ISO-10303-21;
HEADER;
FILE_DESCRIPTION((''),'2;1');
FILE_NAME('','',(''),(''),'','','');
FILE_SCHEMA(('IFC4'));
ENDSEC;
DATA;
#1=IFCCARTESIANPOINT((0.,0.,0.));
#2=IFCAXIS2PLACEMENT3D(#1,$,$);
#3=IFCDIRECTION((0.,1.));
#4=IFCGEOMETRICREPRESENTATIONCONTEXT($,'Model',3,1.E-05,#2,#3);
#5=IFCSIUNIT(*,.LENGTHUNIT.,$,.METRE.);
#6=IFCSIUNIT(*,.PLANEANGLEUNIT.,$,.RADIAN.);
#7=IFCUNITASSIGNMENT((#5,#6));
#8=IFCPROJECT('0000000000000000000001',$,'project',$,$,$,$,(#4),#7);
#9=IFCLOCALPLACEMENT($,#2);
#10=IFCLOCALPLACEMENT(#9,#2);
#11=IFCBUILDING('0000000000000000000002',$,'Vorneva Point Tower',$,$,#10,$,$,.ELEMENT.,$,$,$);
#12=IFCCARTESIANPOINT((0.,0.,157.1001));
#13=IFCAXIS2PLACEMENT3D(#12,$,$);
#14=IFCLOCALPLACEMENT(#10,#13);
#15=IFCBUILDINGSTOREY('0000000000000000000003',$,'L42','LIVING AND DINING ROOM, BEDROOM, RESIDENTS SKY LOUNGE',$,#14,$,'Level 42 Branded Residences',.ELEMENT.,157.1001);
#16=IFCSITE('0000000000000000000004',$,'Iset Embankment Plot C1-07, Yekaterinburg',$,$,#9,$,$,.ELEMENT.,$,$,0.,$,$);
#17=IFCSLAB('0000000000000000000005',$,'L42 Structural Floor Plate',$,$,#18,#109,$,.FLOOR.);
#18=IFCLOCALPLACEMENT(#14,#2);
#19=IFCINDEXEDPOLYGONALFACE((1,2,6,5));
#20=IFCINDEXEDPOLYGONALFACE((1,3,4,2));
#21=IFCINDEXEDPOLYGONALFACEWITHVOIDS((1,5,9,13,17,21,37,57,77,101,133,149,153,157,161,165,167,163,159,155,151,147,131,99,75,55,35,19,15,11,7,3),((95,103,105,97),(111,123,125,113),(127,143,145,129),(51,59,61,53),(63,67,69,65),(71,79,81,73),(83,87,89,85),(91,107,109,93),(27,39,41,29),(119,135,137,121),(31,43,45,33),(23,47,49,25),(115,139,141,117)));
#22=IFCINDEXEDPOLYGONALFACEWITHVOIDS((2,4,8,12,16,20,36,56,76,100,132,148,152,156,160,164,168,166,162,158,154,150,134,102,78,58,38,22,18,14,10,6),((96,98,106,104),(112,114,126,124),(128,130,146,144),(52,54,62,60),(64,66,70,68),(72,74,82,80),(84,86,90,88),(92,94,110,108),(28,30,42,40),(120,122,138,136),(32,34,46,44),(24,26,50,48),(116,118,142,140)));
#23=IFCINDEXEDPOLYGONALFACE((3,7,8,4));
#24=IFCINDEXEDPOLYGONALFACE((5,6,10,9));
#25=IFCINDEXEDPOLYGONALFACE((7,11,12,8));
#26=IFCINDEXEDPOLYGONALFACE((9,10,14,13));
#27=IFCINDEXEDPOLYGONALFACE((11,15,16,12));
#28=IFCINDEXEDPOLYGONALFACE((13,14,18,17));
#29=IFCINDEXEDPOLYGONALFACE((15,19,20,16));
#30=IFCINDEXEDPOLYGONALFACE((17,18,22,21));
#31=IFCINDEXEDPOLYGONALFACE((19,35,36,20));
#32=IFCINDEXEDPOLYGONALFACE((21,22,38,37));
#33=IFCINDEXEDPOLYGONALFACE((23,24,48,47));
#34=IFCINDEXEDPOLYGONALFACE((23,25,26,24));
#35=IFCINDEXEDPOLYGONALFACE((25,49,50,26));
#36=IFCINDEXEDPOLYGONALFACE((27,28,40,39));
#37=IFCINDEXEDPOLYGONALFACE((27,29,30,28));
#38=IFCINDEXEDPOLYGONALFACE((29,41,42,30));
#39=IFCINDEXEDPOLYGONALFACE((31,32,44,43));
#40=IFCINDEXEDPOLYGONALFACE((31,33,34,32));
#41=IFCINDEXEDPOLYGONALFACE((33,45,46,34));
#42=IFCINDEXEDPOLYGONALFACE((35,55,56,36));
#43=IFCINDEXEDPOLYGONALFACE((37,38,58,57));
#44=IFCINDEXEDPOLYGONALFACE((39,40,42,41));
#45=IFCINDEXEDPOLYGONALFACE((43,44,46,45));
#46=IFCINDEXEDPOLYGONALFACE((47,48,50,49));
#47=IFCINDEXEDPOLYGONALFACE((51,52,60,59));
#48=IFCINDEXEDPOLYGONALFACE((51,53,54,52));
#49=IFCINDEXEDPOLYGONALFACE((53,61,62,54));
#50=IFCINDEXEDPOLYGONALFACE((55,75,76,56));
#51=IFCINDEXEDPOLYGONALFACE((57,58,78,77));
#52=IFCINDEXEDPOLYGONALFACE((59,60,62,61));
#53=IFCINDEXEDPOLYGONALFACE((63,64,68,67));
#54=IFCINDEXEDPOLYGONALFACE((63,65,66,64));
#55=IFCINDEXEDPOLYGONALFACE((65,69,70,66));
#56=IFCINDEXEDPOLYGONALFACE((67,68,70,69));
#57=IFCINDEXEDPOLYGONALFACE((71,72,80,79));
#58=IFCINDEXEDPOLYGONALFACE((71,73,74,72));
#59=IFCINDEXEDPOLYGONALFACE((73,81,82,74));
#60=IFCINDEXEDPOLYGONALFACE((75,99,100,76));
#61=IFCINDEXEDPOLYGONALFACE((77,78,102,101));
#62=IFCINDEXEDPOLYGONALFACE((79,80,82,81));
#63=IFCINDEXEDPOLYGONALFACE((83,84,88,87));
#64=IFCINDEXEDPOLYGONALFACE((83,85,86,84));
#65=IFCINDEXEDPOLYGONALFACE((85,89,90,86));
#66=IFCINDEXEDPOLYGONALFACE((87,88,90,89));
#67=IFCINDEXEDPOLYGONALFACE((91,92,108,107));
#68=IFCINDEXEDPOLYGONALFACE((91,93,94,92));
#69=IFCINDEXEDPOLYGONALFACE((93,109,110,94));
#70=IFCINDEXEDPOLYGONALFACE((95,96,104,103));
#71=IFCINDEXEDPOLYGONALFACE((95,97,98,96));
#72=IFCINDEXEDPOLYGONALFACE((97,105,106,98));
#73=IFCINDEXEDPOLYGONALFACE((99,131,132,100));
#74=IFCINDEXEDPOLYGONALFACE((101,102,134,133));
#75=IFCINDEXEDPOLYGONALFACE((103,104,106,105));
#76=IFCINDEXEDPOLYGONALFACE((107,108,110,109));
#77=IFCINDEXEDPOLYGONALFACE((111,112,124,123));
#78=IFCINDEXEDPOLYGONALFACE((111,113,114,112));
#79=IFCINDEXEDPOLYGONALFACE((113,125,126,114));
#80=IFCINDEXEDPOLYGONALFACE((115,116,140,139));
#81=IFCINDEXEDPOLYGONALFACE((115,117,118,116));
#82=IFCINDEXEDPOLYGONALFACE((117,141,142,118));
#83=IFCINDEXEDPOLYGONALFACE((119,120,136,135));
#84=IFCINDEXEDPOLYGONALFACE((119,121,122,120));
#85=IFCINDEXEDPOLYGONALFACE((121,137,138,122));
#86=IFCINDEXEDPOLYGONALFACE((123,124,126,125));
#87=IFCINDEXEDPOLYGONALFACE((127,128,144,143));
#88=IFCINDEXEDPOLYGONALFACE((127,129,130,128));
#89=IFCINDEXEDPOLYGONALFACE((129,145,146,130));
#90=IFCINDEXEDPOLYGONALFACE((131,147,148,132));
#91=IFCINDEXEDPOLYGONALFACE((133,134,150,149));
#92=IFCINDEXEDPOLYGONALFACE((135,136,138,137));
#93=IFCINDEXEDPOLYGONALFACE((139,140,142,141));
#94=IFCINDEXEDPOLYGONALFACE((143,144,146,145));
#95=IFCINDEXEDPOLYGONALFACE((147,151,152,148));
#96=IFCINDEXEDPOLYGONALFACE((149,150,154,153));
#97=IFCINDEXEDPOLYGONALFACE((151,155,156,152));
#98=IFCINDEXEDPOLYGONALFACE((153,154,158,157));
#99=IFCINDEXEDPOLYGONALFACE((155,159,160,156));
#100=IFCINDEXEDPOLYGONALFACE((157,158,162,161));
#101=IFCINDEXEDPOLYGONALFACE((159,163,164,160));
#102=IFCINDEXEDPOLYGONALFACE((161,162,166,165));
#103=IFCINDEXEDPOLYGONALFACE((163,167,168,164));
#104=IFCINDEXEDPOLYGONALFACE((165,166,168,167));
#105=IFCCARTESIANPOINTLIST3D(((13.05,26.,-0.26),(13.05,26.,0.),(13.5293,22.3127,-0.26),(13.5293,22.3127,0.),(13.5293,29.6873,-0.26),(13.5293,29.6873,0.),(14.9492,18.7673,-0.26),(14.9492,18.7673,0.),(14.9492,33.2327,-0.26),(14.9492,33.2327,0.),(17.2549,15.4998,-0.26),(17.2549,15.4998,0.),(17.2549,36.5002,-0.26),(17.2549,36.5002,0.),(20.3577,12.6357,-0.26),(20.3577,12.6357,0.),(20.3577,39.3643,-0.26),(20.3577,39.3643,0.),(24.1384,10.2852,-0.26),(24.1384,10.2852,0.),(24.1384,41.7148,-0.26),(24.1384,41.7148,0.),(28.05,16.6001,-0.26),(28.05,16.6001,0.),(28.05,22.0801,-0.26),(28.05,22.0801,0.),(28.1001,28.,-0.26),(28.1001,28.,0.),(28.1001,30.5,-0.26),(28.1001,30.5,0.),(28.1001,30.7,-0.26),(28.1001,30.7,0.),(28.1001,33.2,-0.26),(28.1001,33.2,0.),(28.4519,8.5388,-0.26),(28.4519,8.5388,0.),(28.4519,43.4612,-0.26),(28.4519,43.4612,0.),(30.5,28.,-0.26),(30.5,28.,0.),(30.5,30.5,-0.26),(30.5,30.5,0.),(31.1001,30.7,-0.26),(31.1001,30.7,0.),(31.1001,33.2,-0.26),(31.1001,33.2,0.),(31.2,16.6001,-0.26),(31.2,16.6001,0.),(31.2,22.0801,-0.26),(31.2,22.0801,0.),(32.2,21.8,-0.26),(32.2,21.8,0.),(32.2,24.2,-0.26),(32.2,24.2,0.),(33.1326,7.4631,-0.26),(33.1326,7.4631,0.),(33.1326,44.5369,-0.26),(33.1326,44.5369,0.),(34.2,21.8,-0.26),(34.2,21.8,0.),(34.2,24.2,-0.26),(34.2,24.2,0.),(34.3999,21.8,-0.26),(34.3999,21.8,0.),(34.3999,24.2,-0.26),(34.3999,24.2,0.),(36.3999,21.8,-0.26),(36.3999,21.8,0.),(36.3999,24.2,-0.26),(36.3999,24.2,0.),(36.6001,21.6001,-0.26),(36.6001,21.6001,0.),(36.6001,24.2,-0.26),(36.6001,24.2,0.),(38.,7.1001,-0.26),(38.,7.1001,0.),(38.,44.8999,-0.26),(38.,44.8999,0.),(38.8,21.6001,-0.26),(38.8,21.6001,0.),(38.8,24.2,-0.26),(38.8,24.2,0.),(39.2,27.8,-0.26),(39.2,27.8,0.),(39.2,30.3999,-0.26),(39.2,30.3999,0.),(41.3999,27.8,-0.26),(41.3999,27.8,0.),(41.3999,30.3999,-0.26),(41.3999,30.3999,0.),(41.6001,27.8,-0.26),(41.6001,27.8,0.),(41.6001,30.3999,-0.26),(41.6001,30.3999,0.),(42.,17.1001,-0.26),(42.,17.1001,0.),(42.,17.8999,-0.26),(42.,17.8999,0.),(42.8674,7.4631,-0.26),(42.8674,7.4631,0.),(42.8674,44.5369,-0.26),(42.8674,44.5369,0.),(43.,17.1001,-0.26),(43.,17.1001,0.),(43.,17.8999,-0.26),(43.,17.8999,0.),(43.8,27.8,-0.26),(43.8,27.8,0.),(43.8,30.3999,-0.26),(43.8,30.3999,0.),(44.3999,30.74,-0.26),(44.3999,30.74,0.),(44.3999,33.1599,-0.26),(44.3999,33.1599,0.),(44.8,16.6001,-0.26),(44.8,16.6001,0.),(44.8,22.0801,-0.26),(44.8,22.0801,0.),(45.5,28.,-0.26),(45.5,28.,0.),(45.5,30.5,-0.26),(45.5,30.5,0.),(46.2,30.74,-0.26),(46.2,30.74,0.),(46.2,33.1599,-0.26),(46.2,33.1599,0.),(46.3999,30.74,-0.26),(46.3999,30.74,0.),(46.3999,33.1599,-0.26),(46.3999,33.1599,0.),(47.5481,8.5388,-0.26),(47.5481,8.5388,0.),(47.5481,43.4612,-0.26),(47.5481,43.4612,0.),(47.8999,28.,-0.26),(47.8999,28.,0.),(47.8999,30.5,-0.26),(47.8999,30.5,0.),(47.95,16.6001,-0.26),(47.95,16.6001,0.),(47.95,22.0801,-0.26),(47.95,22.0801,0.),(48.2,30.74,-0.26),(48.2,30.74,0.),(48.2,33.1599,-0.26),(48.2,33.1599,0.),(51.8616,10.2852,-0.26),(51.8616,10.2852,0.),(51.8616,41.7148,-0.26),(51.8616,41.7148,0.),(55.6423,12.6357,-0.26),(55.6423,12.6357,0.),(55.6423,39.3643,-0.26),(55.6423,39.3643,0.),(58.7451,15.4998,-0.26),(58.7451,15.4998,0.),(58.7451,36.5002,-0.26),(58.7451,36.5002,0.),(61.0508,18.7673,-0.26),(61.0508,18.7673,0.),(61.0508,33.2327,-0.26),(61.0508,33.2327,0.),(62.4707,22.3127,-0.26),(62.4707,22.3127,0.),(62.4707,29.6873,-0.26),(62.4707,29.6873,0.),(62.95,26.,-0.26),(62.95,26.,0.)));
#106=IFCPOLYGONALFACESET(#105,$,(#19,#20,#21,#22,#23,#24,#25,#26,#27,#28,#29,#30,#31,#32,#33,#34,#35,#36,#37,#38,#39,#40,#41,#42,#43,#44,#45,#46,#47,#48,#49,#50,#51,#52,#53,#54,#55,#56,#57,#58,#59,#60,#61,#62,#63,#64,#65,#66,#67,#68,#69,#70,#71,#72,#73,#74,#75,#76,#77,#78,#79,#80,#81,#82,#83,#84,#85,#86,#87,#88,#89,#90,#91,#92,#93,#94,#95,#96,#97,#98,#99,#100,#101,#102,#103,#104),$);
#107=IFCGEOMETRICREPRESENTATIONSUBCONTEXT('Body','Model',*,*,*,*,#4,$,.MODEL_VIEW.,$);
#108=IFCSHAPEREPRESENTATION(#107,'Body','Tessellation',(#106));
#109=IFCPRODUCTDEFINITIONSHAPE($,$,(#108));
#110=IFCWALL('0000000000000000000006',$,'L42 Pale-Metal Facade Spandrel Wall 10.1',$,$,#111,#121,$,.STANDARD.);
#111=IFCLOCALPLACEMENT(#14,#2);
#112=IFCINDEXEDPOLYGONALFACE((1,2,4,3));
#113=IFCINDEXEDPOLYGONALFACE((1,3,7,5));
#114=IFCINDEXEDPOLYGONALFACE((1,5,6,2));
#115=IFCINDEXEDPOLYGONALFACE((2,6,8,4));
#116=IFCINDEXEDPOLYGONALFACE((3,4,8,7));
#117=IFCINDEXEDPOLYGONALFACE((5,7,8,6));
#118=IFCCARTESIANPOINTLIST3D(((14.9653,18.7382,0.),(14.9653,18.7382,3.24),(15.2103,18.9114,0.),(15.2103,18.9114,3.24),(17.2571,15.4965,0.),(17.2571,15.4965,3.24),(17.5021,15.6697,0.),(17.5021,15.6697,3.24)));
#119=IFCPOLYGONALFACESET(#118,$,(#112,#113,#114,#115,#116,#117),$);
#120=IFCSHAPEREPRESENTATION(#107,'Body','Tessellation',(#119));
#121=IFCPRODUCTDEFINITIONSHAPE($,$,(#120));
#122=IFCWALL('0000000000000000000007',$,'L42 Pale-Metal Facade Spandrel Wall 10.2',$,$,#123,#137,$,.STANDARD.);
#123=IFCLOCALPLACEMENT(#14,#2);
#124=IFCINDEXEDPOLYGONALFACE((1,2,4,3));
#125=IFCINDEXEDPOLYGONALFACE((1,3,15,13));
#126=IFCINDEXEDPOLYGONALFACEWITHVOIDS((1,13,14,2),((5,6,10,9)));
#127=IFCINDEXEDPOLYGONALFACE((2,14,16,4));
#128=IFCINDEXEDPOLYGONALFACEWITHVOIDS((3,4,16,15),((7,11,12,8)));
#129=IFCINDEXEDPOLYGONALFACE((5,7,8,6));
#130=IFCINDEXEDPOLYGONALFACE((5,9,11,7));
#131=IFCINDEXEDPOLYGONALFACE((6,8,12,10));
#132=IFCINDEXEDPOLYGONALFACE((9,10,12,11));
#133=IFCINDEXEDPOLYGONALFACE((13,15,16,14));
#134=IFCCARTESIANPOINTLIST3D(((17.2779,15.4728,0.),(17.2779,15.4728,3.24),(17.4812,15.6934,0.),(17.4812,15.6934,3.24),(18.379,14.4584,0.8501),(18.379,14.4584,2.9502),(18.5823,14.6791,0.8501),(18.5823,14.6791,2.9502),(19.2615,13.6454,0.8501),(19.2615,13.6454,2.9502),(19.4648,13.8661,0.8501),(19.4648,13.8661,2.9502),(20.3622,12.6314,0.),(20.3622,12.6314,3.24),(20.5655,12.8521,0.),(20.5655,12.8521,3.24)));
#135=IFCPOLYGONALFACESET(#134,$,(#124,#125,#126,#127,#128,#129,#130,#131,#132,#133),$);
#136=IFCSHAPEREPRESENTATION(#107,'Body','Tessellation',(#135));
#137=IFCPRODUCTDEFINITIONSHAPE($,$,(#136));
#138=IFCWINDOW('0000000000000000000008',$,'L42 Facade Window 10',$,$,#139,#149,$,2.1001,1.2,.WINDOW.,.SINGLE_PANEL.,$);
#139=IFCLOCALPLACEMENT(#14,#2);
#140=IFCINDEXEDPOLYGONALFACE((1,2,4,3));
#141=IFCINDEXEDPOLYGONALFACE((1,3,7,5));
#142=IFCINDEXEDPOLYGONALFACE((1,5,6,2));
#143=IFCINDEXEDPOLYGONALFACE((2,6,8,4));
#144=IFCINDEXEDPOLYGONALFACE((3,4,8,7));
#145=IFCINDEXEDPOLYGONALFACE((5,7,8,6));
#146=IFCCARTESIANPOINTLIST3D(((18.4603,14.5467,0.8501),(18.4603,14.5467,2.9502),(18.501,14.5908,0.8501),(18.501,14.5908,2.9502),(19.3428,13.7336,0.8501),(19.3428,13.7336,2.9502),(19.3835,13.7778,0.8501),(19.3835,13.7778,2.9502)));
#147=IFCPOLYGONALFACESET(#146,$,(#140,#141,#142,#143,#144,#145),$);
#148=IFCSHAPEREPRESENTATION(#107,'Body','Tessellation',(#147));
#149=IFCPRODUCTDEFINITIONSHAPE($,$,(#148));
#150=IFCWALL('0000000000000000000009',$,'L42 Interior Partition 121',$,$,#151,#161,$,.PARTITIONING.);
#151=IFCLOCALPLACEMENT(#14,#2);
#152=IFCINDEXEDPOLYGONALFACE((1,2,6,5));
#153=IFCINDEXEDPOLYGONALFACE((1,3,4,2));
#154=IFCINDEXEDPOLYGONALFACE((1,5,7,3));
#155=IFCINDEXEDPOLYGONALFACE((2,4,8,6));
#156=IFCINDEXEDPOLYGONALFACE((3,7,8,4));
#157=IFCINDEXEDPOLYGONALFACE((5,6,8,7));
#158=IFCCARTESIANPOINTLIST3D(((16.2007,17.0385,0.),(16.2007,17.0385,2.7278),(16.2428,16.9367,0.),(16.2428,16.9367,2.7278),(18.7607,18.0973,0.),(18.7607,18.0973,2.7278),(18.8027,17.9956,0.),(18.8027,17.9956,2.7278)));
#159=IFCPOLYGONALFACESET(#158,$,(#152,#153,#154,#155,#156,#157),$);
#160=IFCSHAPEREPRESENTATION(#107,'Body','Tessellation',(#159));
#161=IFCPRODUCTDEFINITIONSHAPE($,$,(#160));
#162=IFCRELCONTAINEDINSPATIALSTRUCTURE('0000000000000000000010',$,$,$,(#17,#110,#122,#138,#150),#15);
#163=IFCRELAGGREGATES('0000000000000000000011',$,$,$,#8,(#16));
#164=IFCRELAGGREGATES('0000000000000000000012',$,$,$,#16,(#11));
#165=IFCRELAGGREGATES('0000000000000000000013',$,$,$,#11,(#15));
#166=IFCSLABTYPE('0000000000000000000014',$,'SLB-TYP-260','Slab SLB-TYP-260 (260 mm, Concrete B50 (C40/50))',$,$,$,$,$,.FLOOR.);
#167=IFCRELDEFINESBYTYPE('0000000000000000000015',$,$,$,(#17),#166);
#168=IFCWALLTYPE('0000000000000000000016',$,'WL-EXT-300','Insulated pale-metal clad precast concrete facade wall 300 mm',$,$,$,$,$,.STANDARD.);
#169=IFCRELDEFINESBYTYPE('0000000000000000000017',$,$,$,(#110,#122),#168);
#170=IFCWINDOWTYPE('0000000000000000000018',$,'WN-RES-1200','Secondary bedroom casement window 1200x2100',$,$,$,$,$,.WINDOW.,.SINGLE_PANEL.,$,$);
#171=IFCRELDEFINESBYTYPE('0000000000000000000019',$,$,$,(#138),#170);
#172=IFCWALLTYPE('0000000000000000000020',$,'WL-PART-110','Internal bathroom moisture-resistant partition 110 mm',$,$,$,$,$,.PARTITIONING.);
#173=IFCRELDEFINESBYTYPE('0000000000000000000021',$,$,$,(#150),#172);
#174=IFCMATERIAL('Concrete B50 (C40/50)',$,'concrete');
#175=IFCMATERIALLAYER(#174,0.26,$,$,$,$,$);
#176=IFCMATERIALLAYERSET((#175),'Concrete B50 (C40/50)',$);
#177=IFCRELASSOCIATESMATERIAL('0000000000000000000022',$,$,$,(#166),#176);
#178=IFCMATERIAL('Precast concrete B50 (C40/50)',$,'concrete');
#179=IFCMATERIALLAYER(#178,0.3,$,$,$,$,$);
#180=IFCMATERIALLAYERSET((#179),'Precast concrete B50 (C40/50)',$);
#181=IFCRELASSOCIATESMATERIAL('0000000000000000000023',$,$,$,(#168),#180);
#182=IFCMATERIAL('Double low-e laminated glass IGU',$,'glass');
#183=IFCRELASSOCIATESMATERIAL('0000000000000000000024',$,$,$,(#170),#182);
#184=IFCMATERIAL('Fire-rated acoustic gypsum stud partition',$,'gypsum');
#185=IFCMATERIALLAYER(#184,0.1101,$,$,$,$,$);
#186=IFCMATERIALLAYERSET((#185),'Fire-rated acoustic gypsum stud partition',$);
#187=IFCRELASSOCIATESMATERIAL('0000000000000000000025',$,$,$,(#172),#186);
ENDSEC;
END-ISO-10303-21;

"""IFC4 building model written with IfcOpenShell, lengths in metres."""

from ifc_helpers import new_model, si_unit, direction, frame, frame_2d, origin, place, context, subcontext, project, spatial, polyline, rectangle, outline, extrude, material, layer, layer_set, type_object, element, fill, save


model = new_model("IFC4")

# Units and contexts
model_context = context("Model", 3, precision=1e-05, world=origin(), true_north=direction((0.0, 1.0)))
body_context = subcontext(model_context, "Body", "Model", "MODEL_VIEW")
ifc_project = project(units=[si_unit("LENGTHUNIT", "METRE"), si_unit("PLANEANGLEUNIT", "RADIAN")], contexts=[model_context])

# Site, building, storey
site_placement = place(None, origin())
site = spatial("IfcSite", under=ifc_project, at=site_placement, Name="Iset Embankment Plot C1-07, Yekaterinburg", CompositionType="ELEMENT", RefElevation=0.0)
building_placement = place(site_placement, origin())
building = spatial("IfcBuilding", under=site, at=building_placement, Name="Vorneva Point Tower", CompositionType="ELEMENT")
storey_placement = place(building_placement, frame((0.0, 0.0, 157.1001)))
storey = spatial("IfcBuildingStorey", under=building, at=storey_placement, Name="L42", Description="LIVING AND DINING ROOM, BEDROOM, RESIDENTS SKY LOUNGE", LongName="Level 42 Branded Residences", CompositionType="ELEMENT", Elevation=157.1001)

# Shared definitions
ifc_material_1 = material(Name="Double low-e laminated glass IGU", Category="glass")

# Shared definitions
ifc_material_2 = material(Name="Concrete B50 (C40/50)", Category="concrete")

# Slab
ifc_layer_1 = layer(ifc_material_2, 0.26)
ifc_layer_set_1 = layer_set([ifc_layer_1], Name="Concrete B50 (C40/50)")
slab_type_1 = type_object("IfcSlabType", Name="SLB-TYP-260", Description="Slab SLB-TYP-260 (260 mm, Concrete B50 (C40/50))", PredefinedType="FLOOR", material=ifc_layer_set_1)
slab_1_placement = place(storey_placement, frame((0.0, 0.0, -0.26)))
element("IfcSlab", 1, at=slab_1_placement, inside=storey, type_object=slab_type_1, Name="L42 Structural Floor Plate", PredefinedType="FLOOR", context=body_context, shape_type="SweptSolid", body=[
    extrude(outline(polyline([(62.95, 26.0), (62.4707, 29.6873), (61.0508, 33.2327), (58.7451, 36.5002), (55.6423, 39.3643), (51.8616, 41.7148), (47.5481, 43.4612), (42.8674, 44.5369), (38.0, 44.8999), (33.1326, 44.5369), (28.4519, 43.4612), (24.1384, 41.7148), (20.3577, 39.3643), (17.2549, 36.5002), (14.9492, 33.2327), (13.5293, 29.6873), (13.05, 26.0), (13.5293, 22.3127), (14.9492, 18.7673), (17.2549, 15.4998), (20.3577, 12.6357), (24.1384, 10.2852), (28.4519, 8.5388), (33.1326, 7.4631), (38.0, 7.1001), (42.8674, 7.4631), (47.5481, 8.5388), (51.8616, 10.2852), (55.6423, 12.6357), (58.7451, 15.4998), (61.0508, 18.7673), (62.4707, 22.3127), (62.95, 26.0)]), holes=[polyline([(32.2, 21.8), (34.2, 21.8), (34.2, 24.2), (32.2, 24.2), (32.2, 21.8)]), polyline([(34.3999, 21.8), (36.3999, 21.8), (36.3999, 24.2), (34.3999, 24.2), (34.3999, 21.8)]), polyline([(36.6001, 21.6001), (38.8, 21.6001), (38.8, 24.2), (36.6001, 24.2), (36.6001, 21.6001)]), polyline([(39.2, 27.8), (41.3999, 27.8), (41.3999, 30.3999), (39.2, 30.3999), (39.2, 27.8)]), polyline([(41.6001, 27.8), (43.8, 27.8), (43.8, 30.3999), (41.6001, 30.3999), (41.6001, 27.8)]), polyline([(44.3999, 30.74), (46.2, 30.74), (46.2, 33.1599), (44.3999, 33.1599), (44.3999, 30.74)]), polyline([(46.3999, 30.74), (48.2, 30.74), (48.2, 33.1599), (46.3999, 33.1599), (46.3999, 30.74)]), polyline([(28.1001, 28.0), (30.5, 28.0), (30.5, 30.5), (28.1001, 30.5), (28.1001, 28.0)]), polyline([(45.5, 28.0), (47.8999, 28.0), (47.8999, 30.5), (45.5, 30.5), (45.5, 28.0)]), polyline([(28.1001, 30.7), (31.1001, 30.7), (31.1001, 33.2), (28.1001, 33.2), (28.1001, 30.7)]), polyline([(28.05, 16.6001), (31.2, 16.6001), (31.2, 22.0801), (28.05, 22.0801), (28.05, 16.6001)]), polyline([(44.8, 16.6001), (47.95, 16.6001), (47.95, 22.0801), (44.8, 22.0801), (44.8, 16.6001)]), polyline([(42.0, 17.1001), (43.0, 17.1001), (43.0, 17.8999), (42.0, 17.8999), (42.0, 17.1001)])]), origin(), (0.0, 0.0, 1.0), 0.26),
])

# Wall
ifc_material_3 = material(Name="Precast concrete B50 (C40/50)", Category="concrete")
ifc_layer_2 = layer(ifc_material_3, 0.3)
ifc_layer_set_2 = layer_set([ifc_layer_2], Name="Precast concrete B50 (C40/50)")
wall_type_1 = type_object("IfcWallType", Name="WL-EXT-300", Description="Insulated pale-metal clad precast concrete facade wall 300 mm", PredefinedType="STANDARD", material=ifc_layer_set_2)
wall_1_placement = place(storey_placement, frame((15.0879, 18.8247, 0.0), z_axis=(0.0, 0.0, 1.0), x_axis=(0.57727, -0.816554, 0.0)))
element("IfcWall", 2, at=wall_1_placement, inside=storey, type_object=wall_type_1, Name="L42 Pale-Metal Facade Spandrel Wall 10.1", PredefinedType="STANDARD", context=body_context, shape_type="SweptSolid", body=[
    extrude(rectangle(XDim=3.97, YDim=0.3, at=frame_2d((1.9849, 0.0))), origin(), (0.0, 0.0, 1.0), 3.24),
])

# Wall, opening, window
wall_2_placement = place(storey_placement, frame((17.3796, 15.583, 0.0), z_axis=(0.0, 0.0, 1.0), x_axis=(0.735477, -0.67755, 0.0)))
wall_2 = element("IfcWall", 3, at=wall_2_placement, inside=storey, type_object=wall_type_1, Name="L42 Pale-Metal Facade Spandrel Wall 10.2", PredefinedType="STANDARD", context=body_context, shape_type="SweptSolid", body=[
    extrude(rectangle(XDim=4.1936, YDim=0.3, at=frame_2d((2.0967, 0.0))), origin(), (0.0, 0.0, 1.0), 3.24),
])
opening_1_placement = place(wall_2_placement, frame((1.4968, 0.0, 0.8501)))
opening_1 = element("IfcOpeningElement", 4, at=opening_1_placement, cuts=wall_2, PredefinedType="OPENING", context=body_context, shape_type="SweptSolid", body=[
    extrude(rectangle(XDim=1.2, YDim=2.1001, at=frame_2d((0.6001, 1.05))), frame((0.0, 0.165, 0.0), z_axis=(0.0, -1.0, 0.0), x_axis=(1.0, 0.0, 0.0)), (0.0, 0.0, 1.0), 0.3298),
])
window_type = type_object("IfcWindowType", Name="WN-RES-1200", Description="Secondary bedroom casement window 1200x2100", PartitioningType="SINGLE_PANEL", PredefinedType="WINDOW", material=ifc_material_1)
window_placement = place(opening_1_placement, origin())
window = element("IfcWindow", 5, at=window_placement, inside=storey, type_object=window_type, Name="L42 Facade Window 10", OverallHeight=2.1001, OverallWidth=1.2, PartitioningType="SINGLE_PANEL", PredefinedType="WINDOW", context=body_context, shape_type="SweptSolid", body=[
    extrude(rectangle(XDim=1.2, YDim=2.1001, at=frame_2d((0.6001, 1.05))), frame((0.0, 0.03, 0.0), z_axis=(0.0, -1.0, 0.0), x_axis=(1.0, 0.0, 0.0)), (0.0, 0.0, 1.0), 0.0601),
])
fill(opening_1, window)

# Wall
ifc_material_4 = material(Name="Fire-rated acoustic gypsum stud partition", Category="gypsum")
ifc_layer_3 = layer(ifc_material_4, 0.1101)
ifc_layer_set_3 = layer_set([ifc_layer_3], Name="Fire-rated acoustic gypsum stud partition")
wall_type_2 = type_object("IfcWallType", Name="WL-PART-110", Description="Internal bathroom moisture-resistant partition 110 mm", PredefinedType="PARTITIONING", material=ifc_layer_set_3)
wall_3_placement = place(storey_placement, frame((16.2217, 16.9875, 0.0), z_axis=(0.0, 0.0, 1.0), x_axis=(0.924067, 0.38223, 0.0)))
element("IfcWall", 6, at=wall_3_placement, inside=storey, type_object=wall_type_2, Name="L42 Interior Partition 121", PredefinedType="PARTITIONING", context=body_context, shape_type="SweptSolid", body=[
    extrude(rectangle(XDim=2.7703, YDim=0.1101, at=frame_2d((1.3853, 0.0))), origin(), (0.0, 0.0, 1.0), 2.7278),
])

save(model, "model.ifc")
